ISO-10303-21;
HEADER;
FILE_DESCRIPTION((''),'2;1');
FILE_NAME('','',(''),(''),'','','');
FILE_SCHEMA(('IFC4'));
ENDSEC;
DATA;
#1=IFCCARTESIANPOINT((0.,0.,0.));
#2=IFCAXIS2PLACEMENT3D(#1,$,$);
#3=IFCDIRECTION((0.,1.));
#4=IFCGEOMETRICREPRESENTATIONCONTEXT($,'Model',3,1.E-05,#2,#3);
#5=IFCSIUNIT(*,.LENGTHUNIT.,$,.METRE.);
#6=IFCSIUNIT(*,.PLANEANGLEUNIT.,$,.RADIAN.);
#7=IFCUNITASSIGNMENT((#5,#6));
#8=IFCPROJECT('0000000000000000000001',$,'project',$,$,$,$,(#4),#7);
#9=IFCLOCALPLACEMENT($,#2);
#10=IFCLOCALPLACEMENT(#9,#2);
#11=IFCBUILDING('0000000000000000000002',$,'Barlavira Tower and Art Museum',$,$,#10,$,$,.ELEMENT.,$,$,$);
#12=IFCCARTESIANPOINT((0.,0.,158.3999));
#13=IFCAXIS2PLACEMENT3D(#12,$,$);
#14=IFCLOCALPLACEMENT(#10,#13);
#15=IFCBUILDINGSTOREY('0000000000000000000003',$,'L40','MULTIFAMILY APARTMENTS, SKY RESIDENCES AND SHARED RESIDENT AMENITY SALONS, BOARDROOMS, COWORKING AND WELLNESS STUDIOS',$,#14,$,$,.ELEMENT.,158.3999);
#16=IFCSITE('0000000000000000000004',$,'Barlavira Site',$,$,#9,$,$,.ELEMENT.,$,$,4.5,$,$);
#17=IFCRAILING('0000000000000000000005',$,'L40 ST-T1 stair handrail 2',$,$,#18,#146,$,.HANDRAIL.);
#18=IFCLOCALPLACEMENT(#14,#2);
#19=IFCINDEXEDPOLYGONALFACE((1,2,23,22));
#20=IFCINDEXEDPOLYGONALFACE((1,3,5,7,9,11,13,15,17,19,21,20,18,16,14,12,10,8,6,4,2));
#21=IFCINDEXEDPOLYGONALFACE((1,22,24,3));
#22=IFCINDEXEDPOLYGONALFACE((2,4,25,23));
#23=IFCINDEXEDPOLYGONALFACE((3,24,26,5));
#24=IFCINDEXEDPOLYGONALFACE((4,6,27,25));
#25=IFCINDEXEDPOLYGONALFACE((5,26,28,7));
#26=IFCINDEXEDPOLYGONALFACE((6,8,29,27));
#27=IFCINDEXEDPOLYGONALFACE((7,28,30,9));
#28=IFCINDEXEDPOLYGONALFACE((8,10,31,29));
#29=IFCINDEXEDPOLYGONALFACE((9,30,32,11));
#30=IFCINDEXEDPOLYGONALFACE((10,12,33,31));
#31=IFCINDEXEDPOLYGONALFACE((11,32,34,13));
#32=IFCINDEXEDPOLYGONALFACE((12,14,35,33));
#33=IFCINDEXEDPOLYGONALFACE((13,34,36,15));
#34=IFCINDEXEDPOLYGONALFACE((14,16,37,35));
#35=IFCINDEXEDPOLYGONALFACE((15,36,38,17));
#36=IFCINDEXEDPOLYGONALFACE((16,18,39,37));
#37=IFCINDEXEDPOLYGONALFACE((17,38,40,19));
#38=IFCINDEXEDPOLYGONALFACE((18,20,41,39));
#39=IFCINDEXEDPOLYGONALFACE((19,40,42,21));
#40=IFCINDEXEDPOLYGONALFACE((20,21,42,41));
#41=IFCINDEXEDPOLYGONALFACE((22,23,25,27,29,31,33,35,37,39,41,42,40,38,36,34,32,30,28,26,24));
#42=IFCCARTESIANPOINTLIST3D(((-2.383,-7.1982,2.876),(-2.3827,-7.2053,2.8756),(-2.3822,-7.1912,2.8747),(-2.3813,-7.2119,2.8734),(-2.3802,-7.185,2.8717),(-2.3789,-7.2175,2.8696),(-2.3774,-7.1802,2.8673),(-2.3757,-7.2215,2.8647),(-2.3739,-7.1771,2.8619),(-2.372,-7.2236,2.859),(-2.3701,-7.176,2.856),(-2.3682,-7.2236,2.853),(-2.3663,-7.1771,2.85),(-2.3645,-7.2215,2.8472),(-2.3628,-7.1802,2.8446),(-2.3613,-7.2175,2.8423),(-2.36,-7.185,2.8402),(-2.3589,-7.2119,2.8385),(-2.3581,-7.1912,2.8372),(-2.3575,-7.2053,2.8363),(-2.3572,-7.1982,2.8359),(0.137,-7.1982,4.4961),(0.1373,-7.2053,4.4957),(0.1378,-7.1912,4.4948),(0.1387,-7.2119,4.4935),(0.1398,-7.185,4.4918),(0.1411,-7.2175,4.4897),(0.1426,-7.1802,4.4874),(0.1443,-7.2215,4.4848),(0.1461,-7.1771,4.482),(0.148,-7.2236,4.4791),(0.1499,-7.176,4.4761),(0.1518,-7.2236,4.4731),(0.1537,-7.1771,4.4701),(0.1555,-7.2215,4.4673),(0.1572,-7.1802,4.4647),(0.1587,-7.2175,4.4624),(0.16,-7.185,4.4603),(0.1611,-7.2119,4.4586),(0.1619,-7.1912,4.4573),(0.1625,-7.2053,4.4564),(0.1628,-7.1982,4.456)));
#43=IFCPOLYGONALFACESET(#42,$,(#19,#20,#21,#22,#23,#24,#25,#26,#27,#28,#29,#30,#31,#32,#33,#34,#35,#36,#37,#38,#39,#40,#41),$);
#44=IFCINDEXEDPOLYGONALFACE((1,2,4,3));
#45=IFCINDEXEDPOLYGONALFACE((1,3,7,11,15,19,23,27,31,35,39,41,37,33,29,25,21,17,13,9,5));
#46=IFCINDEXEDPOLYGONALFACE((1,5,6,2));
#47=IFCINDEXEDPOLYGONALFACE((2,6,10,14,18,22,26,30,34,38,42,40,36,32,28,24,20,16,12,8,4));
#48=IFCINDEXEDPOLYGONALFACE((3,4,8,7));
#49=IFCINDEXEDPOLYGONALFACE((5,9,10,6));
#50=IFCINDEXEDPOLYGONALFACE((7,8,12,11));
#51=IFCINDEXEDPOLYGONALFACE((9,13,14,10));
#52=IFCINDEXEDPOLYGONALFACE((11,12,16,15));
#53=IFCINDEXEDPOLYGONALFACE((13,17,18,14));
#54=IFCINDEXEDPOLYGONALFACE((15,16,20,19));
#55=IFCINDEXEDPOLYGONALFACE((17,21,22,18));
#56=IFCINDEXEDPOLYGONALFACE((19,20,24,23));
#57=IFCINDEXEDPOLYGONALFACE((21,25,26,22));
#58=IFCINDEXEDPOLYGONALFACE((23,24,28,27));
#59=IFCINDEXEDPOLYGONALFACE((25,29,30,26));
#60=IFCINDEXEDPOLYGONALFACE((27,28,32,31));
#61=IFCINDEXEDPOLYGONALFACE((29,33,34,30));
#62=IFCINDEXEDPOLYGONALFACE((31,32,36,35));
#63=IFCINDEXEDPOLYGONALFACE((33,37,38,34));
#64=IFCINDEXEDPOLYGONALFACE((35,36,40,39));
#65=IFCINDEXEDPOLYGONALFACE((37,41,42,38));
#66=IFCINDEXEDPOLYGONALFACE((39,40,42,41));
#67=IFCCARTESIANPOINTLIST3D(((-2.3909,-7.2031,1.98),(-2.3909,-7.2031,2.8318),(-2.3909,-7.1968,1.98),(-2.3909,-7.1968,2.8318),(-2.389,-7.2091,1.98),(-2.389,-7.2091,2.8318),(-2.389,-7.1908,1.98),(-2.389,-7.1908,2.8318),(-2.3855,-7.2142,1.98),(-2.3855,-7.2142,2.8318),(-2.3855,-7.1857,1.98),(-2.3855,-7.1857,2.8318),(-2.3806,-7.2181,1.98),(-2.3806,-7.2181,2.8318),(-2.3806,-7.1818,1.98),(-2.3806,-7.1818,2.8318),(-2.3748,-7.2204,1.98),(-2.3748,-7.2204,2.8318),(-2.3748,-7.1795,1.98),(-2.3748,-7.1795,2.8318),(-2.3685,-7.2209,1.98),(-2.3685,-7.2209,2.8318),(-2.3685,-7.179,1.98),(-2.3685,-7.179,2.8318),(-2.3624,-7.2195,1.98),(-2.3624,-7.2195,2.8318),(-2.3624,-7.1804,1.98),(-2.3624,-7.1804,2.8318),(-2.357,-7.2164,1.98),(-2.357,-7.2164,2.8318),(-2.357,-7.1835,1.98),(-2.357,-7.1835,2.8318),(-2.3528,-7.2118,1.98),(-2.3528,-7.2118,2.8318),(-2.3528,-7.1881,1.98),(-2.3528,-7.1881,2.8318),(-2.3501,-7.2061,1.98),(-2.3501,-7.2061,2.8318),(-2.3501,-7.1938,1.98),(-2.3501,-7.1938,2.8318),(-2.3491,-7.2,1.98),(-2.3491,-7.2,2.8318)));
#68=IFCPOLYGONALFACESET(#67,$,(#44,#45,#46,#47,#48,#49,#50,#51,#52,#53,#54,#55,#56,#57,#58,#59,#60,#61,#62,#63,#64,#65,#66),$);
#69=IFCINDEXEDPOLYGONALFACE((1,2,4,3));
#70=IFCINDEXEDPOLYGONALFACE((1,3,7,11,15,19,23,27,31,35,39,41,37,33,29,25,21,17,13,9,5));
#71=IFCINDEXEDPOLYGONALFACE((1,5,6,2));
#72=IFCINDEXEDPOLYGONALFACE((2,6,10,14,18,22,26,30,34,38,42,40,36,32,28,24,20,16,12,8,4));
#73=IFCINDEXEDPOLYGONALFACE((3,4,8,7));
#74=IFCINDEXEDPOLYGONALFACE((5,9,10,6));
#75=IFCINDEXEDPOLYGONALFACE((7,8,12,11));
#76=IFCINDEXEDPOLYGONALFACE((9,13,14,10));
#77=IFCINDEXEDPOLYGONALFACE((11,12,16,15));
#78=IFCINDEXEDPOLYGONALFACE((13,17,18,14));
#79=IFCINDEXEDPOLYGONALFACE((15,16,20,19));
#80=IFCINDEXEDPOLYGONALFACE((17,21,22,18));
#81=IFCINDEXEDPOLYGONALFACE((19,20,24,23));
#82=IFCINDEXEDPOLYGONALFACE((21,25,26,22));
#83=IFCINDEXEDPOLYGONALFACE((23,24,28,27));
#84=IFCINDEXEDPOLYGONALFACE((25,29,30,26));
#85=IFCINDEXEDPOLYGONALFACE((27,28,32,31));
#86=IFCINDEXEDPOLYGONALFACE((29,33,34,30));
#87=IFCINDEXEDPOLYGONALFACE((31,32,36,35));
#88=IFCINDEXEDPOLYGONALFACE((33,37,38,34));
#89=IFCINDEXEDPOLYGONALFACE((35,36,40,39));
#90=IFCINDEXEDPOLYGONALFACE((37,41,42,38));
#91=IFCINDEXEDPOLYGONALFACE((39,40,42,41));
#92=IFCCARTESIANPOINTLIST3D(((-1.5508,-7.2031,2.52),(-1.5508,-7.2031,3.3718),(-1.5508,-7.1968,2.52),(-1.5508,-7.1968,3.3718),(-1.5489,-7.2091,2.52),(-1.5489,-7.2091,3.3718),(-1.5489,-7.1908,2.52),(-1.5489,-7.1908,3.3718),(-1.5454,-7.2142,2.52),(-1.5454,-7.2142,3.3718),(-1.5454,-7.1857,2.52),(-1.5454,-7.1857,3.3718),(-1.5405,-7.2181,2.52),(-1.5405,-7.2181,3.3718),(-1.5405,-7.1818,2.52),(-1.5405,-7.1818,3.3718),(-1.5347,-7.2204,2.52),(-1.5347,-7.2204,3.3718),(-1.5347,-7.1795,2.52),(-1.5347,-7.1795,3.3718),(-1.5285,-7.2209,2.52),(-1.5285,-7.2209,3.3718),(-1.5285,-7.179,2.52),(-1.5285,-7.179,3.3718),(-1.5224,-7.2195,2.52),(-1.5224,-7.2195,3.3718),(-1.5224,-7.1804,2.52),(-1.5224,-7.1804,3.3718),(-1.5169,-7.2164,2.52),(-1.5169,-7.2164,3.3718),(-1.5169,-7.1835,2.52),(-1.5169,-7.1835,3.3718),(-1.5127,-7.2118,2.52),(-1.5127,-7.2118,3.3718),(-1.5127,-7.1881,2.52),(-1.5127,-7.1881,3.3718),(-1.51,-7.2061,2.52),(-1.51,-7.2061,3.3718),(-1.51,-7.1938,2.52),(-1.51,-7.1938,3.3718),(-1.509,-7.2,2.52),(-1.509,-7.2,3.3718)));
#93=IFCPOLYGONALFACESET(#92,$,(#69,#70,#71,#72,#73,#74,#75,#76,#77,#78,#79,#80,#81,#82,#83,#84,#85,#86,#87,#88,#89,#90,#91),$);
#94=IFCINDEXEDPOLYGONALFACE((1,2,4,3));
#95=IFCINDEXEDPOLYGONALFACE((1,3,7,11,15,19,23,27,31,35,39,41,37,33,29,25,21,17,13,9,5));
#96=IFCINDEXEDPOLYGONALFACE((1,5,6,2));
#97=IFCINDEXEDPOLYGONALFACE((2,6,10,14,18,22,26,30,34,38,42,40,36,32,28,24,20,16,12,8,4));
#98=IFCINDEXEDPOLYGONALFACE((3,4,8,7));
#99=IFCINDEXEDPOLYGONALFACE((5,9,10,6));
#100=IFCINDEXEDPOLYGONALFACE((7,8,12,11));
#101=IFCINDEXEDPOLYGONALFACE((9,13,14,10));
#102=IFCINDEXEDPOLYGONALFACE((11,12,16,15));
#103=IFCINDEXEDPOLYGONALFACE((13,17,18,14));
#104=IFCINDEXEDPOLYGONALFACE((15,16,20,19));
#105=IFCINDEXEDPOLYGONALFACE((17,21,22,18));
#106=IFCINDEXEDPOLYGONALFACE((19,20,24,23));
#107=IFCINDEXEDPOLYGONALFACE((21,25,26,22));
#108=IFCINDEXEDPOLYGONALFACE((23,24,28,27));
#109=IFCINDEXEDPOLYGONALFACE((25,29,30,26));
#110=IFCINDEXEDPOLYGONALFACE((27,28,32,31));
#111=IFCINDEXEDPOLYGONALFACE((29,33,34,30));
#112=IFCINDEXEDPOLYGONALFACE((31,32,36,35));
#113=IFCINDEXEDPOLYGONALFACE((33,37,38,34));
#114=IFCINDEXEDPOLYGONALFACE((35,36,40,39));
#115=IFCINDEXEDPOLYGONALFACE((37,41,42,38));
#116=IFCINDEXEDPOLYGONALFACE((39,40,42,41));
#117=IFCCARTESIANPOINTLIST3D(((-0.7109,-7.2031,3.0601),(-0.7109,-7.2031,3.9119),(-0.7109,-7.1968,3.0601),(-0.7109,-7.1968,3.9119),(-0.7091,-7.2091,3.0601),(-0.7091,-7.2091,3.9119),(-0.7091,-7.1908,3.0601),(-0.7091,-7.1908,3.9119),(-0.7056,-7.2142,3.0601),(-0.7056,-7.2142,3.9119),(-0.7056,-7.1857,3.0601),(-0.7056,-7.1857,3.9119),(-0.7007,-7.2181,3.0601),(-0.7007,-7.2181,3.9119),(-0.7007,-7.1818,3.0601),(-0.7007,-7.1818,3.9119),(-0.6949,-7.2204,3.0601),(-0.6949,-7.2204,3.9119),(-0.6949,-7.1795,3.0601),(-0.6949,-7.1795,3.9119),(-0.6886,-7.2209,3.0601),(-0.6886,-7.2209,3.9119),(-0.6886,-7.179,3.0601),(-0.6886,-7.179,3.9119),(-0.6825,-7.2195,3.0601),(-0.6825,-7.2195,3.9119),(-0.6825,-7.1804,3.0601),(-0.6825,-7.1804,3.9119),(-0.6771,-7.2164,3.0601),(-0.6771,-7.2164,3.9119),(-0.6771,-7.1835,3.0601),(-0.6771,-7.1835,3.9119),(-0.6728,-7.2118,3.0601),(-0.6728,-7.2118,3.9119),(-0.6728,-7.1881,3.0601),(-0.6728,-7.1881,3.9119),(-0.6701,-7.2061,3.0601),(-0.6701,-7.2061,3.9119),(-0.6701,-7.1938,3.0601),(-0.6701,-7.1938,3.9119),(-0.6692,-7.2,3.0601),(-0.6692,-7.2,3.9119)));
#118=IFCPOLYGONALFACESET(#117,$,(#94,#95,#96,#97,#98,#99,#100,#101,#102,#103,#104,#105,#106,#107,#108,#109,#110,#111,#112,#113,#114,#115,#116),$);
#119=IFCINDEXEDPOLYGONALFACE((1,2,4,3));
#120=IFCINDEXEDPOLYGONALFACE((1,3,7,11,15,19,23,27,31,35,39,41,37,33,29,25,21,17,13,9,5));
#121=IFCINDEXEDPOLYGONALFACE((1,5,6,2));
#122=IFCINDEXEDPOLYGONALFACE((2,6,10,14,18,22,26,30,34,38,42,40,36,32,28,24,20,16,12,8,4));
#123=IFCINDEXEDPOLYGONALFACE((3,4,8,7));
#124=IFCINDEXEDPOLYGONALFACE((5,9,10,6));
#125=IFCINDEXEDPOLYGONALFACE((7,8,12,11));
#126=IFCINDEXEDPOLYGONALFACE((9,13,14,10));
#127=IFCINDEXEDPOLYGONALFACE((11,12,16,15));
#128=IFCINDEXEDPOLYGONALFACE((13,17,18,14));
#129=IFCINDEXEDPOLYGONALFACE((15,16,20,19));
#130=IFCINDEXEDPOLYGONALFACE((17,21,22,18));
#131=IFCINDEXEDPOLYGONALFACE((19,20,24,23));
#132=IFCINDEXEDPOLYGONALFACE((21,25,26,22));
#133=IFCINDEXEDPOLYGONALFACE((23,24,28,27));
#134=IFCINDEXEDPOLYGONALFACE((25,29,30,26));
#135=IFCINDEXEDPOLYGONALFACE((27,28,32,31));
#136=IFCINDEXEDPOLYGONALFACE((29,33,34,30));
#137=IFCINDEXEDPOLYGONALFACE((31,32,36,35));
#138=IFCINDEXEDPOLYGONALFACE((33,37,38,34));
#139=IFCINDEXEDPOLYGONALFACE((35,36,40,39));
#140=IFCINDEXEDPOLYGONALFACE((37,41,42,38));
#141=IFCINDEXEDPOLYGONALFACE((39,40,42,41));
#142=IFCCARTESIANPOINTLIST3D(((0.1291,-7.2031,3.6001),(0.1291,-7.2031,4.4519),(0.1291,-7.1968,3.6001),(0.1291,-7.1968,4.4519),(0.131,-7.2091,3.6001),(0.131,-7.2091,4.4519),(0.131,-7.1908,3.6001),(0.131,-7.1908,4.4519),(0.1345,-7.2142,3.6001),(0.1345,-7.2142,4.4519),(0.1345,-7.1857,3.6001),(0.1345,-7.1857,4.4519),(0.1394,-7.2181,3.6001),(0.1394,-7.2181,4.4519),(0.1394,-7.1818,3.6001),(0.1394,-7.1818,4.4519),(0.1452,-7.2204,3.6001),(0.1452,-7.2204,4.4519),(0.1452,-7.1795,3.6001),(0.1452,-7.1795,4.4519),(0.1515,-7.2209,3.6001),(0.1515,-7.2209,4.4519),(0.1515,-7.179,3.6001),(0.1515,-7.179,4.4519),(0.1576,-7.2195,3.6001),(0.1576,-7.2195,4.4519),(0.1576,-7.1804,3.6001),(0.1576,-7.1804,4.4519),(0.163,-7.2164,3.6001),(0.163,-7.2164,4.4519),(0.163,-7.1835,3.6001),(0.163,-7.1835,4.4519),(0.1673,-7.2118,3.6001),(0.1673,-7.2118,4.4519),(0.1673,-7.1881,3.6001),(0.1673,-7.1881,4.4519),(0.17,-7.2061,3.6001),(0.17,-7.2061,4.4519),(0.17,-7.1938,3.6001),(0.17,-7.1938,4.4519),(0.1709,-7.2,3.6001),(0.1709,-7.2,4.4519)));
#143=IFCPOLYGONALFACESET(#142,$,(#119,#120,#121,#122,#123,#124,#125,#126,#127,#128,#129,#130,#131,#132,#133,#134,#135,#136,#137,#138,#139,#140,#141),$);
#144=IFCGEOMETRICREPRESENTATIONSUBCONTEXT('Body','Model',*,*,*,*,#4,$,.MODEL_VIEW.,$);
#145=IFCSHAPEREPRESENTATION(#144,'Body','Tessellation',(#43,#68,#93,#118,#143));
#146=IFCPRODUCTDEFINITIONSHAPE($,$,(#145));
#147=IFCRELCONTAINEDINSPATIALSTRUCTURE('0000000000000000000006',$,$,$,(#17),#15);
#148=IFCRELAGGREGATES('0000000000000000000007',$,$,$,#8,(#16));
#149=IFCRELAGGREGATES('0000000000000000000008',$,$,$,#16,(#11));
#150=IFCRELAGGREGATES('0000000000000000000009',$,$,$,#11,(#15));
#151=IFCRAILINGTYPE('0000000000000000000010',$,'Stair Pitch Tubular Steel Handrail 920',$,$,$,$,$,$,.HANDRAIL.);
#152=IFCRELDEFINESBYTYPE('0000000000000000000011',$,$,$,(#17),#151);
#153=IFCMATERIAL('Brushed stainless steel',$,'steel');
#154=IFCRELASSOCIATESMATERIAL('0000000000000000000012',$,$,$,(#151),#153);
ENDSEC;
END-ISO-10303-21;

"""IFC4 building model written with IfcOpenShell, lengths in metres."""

from ifc_helpers import new_model, si_unit, direction, frame, origin, origin_2d, place, context, subcontext, project, spatial, circle, extrude, material, type_object, element, save


model = new_model("IFC4")

# Units and contexts
model_context = context("Model", 3, precision=1e-05, world=origin(), true_north=direction((0.0, 1.0)))
body_context = subcontext(model_context, "Body", "Model", "MODEL_VIEW")
ifc_project = project(units=[si_unit("LENGTHUNIT", "METRE"), si_unit("PLANEANGLEUNIT", "RADIAN")], contexts=[model_context])

# Site, building, storey
site_placement = place(None, origin())
site = spatial("IfcSite", under=ifc_project, at=site_placement, Name="Barlavira Site", CompositionType="ELEMENT", RefElevation=4.5)
building_placement = place(site_placement, origin())
building = spatial("IfcBuilding", under=site, at=building_placement, Name="Barlavira Tower and Art Museum", CompositionType="ELEMENT")
storey_placement = place(building_placement, frame((0.0, 0.0, 158.3999)))
storey = spatial("IfcBuildingStorey", under=building, at=storey_placement, Name="L40", Description="MULTIFAMILY APARTMENTS, SKY RESIDENCES AND SHARED RESIDENT AMENITY SALONS, BOARDROOMS, COWORKING AND WELLNESS STUDIOS", CompositionType="ELEMENT", Elevation=158.3999)

# Shared definitions
ifc_material_1 = material(Name="Brushed stainless steel", Category="steel")

# Railing
railing_type_1 = type_object("IfcRailingType", Name="Stair Pitch Tubular Steel Handrail 920", PredefinedType="HANDRAIL", material=ifc_material_1)
railing_1_placement = place(storey_placement, frame((-2.3701, -7.2, 1.98)))
element("IfcRailing", 1, at=railing_1_placement, inside=storey, type_object=railing_type_1, Name="L40 ST-T1 stair handrail 2", PredefinedType="HANDRAIL", context=body_context, shape_type="SweptSolid", body=[
    extrude(circle(Radius=0.0239, at=origin_2d()), frame((0.0, 0.0, 0.876), z_axis=(0.841163, 0.0, 0.540782), x_axis=(0.0, 1.0, 0.0)), (0.0, 0.0, 1.0), 2.9958),
    extrude(circle(Radius=0.021, at=origin_2d()), origin(), (0.0, 0.0, 1.0), 0.8518),
    extrude(circle(Radius=0.021, at=origin_2d()), frame((0.8401, 0.0, 0.54)), (0.0, 0.0, 1.0), 0.8518),
    extrude(circle(Radius=0.021, at=origin_2d()), frame((1.6799, 0.0, 1.0801)), (0.0, 0.0, 1.0), 0.8518),
    extrude(circle(Radius=0.021, at=origin_2d()), frame((2.52, 0.0, 1.6201)), (0.0, 0.0, 1.0), 0.8518),
])

save(model, "model.ifc")
